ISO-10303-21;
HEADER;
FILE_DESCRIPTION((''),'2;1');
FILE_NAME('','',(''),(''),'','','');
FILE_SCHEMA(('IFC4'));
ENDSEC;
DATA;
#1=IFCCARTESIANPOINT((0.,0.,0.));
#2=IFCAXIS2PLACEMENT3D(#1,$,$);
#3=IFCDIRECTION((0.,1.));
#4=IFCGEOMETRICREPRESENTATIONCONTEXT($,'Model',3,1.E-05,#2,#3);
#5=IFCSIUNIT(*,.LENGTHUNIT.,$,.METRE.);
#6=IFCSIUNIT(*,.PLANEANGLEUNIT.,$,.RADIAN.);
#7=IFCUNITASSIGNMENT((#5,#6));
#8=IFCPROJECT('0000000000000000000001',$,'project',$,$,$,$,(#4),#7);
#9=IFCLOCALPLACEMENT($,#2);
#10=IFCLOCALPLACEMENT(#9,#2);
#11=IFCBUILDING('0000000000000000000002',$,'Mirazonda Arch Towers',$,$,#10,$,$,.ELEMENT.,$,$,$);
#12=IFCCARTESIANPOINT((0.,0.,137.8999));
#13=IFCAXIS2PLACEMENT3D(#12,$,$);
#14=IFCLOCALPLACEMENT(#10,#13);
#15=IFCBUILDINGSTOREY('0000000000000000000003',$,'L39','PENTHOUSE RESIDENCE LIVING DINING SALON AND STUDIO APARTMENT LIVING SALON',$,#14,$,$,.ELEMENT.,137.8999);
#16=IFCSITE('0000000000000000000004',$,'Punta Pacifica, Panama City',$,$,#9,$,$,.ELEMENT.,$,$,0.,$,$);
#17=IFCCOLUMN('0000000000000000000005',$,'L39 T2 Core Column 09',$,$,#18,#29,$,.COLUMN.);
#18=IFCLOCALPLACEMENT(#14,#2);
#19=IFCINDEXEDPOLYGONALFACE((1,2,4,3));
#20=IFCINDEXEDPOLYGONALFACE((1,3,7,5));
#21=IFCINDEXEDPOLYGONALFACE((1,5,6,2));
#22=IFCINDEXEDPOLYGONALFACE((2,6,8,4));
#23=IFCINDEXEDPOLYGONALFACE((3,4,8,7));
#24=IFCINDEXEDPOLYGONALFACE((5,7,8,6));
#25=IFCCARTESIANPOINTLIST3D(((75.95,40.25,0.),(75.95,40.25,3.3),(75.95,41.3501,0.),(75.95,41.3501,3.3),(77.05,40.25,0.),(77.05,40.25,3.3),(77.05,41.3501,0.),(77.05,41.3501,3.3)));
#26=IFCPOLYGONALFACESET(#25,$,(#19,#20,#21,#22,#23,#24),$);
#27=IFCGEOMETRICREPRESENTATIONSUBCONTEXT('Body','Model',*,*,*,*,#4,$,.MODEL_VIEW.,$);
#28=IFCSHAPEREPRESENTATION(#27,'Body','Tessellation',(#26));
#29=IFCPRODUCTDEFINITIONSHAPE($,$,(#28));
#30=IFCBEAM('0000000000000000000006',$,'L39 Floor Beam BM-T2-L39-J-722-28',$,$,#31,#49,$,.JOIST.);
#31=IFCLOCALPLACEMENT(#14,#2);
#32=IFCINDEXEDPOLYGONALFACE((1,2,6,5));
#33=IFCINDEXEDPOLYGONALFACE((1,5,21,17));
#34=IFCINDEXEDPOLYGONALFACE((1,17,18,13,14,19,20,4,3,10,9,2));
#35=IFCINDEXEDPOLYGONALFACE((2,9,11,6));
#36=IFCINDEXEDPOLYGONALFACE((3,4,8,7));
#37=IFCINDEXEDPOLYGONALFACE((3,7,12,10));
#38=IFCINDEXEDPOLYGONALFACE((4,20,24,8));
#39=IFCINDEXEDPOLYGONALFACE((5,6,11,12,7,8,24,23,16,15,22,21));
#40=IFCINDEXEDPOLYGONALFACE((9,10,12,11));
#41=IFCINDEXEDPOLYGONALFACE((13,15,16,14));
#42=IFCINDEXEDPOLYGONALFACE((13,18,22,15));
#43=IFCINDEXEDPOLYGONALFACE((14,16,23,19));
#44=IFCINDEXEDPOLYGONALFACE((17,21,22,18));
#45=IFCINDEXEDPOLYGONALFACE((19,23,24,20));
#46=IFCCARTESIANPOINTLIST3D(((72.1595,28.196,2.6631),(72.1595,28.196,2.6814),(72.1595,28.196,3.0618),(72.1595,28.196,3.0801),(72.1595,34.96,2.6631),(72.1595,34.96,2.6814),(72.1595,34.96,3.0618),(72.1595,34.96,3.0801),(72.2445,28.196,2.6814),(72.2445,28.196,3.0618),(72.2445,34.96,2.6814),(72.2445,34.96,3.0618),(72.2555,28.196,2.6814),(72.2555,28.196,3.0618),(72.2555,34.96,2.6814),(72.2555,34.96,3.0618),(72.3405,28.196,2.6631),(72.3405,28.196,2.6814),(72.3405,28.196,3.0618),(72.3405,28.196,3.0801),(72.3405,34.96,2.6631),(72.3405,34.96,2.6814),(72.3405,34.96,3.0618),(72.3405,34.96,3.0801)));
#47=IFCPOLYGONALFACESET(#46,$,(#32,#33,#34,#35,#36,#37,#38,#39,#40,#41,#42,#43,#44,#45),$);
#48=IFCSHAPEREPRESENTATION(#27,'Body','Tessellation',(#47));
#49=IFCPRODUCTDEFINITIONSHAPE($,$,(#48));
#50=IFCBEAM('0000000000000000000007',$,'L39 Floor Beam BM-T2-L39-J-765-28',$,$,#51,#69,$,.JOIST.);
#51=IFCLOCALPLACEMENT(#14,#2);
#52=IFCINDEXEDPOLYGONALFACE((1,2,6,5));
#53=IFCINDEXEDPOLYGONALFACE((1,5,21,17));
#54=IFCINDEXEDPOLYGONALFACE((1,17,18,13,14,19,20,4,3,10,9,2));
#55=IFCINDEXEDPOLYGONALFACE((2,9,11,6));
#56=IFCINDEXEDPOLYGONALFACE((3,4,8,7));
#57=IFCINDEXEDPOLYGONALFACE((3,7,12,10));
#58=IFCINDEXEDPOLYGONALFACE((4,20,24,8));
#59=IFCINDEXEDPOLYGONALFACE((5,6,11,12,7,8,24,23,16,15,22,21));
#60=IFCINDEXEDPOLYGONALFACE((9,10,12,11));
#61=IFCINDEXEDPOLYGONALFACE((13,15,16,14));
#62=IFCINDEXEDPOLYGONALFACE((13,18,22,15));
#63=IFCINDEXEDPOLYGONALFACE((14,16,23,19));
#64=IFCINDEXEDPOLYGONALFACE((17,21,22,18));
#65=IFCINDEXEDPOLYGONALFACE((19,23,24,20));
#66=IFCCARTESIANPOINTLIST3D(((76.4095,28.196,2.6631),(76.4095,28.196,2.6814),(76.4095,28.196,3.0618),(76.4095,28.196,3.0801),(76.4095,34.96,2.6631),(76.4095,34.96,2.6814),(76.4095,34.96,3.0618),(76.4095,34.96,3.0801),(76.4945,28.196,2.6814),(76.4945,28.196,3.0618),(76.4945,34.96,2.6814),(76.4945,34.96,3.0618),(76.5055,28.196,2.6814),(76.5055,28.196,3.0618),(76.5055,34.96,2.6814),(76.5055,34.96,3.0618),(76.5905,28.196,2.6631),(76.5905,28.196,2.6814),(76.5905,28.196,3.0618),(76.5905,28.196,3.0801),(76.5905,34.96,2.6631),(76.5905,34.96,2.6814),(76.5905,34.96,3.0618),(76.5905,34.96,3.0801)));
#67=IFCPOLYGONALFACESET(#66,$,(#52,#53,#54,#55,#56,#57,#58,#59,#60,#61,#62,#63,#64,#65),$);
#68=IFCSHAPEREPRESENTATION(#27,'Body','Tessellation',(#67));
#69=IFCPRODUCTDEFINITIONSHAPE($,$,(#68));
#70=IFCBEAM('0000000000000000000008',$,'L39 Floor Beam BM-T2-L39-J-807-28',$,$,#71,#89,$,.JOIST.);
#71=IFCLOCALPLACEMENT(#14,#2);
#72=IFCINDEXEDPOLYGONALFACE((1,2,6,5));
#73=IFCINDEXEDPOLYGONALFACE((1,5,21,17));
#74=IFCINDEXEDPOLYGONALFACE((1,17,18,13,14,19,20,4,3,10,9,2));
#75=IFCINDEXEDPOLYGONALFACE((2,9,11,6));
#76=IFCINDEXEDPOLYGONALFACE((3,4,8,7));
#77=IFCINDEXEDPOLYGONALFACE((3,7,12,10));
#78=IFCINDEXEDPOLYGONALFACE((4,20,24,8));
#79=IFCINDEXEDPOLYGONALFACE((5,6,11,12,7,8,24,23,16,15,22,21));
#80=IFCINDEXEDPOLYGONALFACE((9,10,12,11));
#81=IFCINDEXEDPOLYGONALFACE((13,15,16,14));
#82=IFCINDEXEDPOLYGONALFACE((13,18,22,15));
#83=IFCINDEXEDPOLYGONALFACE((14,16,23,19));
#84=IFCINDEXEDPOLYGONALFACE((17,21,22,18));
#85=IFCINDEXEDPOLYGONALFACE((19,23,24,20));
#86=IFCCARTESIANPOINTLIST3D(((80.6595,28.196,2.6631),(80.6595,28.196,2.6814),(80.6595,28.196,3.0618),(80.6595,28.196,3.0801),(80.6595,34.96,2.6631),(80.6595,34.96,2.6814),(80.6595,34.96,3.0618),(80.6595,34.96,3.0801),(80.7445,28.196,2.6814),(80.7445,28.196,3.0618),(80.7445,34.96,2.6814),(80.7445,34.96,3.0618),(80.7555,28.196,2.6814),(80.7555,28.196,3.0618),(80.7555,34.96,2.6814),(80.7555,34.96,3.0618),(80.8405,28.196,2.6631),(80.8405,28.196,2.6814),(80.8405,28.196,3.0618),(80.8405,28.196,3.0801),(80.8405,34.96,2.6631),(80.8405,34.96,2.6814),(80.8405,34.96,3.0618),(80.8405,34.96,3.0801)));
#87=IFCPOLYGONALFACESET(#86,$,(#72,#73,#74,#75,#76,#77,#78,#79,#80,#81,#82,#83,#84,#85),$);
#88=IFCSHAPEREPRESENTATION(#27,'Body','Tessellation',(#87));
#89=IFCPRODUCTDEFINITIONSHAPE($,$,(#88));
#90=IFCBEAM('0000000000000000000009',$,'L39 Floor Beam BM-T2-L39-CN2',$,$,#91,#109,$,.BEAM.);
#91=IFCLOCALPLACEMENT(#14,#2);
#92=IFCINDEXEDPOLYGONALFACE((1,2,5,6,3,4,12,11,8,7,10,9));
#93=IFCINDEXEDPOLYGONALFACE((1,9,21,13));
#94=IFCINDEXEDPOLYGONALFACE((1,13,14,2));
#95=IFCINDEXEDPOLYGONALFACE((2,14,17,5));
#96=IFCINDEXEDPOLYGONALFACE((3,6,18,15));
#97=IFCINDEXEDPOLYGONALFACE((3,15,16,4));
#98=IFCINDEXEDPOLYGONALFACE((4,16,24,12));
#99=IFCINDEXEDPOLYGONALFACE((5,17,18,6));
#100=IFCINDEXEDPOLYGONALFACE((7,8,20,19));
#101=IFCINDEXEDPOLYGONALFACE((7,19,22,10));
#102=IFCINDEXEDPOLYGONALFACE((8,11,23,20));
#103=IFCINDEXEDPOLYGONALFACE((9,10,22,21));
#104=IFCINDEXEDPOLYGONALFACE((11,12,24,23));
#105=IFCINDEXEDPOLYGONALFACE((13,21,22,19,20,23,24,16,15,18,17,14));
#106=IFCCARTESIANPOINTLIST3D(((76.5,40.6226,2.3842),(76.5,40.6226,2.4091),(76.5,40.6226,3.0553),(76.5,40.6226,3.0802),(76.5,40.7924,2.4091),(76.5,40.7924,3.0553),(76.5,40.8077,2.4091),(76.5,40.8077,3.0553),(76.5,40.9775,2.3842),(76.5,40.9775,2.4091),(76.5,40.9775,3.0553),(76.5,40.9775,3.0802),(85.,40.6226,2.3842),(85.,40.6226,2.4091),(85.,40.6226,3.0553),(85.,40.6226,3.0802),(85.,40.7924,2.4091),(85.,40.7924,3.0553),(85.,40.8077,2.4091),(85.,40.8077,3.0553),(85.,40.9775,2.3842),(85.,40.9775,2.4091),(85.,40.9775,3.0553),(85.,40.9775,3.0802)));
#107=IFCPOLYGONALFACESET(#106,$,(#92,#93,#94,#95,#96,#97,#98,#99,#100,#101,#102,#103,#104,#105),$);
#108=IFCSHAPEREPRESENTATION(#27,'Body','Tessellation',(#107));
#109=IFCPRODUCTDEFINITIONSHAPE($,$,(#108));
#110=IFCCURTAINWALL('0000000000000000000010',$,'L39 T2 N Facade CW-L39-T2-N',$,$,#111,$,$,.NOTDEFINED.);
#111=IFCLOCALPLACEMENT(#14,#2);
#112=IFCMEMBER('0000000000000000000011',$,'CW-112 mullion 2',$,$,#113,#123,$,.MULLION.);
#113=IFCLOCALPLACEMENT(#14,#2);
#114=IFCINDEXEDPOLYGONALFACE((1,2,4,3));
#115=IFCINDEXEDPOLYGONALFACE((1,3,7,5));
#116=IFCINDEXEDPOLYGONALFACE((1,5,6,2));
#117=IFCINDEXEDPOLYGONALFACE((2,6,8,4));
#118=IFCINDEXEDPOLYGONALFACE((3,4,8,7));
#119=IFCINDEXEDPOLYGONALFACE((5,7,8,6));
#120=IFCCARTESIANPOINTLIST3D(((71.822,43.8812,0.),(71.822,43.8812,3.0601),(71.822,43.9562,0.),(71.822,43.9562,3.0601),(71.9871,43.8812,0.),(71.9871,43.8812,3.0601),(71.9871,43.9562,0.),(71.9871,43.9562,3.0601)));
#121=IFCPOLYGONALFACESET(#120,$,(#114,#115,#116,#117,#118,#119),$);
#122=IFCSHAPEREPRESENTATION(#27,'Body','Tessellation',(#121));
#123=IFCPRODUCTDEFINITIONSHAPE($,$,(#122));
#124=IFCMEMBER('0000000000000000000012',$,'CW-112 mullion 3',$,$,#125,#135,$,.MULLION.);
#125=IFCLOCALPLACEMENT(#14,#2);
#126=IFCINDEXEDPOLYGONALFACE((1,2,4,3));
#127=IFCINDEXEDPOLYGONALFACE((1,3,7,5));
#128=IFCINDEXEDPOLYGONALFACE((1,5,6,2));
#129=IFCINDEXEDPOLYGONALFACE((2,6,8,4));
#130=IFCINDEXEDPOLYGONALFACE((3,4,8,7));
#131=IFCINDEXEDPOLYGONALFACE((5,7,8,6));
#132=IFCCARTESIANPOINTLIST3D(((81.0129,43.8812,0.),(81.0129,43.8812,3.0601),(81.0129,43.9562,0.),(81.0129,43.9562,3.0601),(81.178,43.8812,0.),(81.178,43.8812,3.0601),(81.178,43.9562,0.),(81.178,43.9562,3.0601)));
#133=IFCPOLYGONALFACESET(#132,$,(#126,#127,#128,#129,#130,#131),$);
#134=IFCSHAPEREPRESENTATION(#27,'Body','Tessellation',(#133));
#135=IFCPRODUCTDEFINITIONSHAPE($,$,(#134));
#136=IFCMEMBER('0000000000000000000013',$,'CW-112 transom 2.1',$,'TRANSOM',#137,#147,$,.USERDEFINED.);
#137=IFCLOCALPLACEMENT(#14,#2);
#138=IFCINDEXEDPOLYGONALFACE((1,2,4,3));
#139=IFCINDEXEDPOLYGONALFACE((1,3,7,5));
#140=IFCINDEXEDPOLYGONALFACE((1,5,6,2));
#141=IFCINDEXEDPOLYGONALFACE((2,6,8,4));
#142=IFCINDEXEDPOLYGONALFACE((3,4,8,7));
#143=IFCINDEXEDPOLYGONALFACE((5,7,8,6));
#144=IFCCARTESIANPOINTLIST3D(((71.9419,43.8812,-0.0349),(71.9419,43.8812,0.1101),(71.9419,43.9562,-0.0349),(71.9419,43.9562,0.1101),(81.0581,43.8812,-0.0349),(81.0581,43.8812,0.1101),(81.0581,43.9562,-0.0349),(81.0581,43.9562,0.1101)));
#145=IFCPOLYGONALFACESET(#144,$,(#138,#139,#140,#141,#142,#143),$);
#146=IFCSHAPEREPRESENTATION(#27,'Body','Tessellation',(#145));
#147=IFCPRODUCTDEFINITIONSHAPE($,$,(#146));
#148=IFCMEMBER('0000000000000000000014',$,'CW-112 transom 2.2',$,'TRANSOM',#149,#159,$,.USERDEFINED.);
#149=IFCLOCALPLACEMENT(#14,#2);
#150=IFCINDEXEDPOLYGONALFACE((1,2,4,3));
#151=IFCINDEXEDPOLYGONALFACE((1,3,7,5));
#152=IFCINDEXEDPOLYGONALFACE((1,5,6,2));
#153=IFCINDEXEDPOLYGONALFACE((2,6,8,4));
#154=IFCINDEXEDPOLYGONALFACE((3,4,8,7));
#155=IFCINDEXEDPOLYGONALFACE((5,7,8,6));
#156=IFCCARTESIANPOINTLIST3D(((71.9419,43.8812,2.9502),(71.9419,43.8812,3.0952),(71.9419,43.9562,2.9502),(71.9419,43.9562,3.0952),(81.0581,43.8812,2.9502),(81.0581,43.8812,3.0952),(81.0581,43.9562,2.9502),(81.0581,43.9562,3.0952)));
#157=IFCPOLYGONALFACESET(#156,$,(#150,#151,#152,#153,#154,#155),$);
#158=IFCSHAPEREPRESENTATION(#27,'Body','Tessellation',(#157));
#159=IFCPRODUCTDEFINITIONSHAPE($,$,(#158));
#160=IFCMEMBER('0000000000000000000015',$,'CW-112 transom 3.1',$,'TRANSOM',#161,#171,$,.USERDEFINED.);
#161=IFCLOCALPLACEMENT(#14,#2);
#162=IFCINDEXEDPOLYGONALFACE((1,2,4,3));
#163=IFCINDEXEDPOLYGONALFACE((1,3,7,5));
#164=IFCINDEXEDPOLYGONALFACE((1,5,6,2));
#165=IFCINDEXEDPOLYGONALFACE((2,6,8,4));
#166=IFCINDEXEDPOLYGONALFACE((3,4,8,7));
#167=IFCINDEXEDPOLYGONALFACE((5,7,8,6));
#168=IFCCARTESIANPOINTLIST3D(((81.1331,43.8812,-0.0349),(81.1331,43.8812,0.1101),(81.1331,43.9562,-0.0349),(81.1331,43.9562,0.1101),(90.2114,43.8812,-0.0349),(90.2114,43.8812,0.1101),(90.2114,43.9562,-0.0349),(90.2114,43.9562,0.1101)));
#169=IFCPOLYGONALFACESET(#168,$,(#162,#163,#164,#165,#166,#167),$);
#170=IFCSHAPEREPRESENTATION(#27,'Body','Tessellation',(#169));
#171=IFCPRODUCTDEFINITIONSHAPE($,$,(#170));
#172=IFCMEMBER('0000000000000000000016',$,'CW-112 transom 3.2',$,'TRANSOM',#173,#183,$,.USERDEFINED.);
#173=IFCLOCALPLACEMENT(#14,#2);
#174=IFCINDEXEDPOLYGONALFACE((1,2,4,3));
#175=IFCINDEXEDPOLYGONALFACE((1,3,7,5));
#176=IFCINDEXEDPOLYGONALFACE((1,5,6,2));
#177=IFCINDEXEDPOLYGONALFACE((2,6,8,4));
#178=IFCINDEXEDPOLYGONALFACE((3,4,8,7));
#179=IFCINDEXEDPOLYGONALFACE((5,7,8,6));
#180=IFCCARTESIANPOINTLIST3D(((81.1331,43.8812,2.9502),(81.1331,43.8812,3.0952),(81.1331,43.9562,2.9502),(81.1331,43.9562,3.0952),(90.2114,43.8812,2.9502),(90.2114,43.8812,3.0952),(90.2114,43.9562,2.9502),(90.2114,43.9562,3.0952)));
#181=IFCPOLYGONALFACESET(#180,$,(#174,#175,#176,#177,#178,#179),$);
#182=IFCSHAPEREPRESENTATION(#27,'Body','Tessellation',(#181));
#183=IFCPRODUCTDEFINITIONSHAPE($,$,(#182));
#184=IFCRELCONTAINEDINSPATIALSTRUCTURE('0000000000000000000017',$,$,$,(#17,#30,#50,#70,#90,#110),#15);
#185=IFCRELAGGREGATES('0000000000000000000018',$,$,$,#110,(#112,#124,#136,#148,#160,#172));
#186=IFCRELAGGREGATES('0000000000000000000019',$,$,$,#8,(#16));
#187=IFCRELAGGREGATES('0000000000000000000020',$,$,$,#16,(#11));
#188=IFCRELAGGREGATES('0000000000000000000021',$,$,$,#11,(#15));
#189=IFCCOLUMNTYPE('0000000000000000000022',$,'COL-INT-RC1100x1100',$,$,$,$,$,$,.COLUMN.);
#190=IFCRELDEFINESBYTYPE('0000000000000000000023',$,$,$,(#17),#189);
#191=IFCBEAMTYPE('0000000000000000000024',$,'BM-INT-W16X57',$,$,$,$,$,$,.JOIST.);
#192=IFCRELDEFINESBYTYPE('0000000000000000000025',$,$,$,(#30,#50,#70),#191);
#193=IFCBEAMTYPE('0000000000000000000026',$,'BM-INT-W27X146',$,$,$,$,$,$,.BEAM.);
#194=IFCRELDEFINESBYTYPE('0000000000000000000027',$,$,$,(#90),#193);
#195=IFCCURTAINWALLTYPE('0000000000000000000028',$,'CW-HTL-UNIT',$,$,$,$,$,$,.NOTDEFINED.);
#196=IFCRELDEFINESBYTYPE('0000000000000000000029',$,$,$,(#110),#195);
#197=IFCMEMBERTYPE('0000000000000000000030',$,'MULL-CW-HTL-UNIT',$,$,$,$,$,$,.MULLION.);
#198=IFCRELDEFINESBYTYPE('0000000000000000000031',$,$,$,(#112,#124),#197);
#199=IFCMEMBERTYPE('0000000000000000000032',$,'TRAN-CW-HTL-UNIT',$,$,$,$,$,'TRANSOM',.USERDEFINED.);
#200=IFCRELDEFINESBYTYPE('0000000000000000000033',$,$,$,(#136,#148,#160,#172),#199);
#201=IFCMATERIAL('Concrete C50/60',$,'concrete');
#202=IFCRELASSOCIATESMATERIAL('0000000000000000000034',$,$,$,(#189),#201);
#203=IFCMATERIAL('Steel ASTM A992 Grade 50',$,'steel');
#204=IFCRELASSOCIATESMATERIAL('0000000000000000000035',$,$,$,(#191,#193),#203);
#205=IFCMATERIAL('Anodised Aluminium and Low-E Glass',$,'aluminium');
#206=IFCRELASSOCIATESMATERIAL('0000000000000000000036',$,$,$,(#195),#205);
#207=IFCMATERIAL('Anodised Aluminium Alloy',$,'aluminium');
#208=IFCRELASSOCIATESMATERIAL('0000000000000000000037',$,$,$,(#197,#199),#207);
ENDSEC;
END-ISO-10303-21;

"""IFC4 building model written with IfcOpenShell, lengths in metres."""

from ifc_helpers import new_model, si_unit, direction, frame, origin, origin_2d, place, context, subcontext, project, spatial, rectangle, i_section, extrude, material, material_profile, profile_set, type_object, element, aggregate, save


model = new_model("IFC4")

# Units and contexts
model_context = context("Model", 3, precision=1e-05, world=origin(), true_north=direction((0.0, 1.0)))
body_context = subcontext(model_context, "Body", "Model", "MODEL_VIEW")
ifc_project = project(units=[si_unit("LENGTHUNIT", "METRE"), si_unit("PLANEANGLEUNIT", "RADIAN")], contexts=[model_context])

# Site, building, storey
site_placement = place(None, origin())
site = spatial("IfcSite", under=ifc_project, at=site_placement, Name="Punta Pacifica, Panama City", CompositionType="ELEMENT", RefElevation=0.0)
building_placement = place(site_placement, origin())
building = spatial("IfcBuilding", under=site, at=building_placement, Name="Mirazonda Arch Towers", CompositionType="ELEMENT")
storey_placement = place(building_placement, frame((0.0, 0.0, 137.8999)))
storey = spatial("IfcBuildingStorey", under=building, at=storey_placement, Name="L39", Description="PENTHOUSE RESIDENCE LIVING DINING SALON AND STUDIO APARTMENT LIVING SALON", CompositionType="ELEMENT", Elevation=137.8999)

# Column
ifc_material_1 = material(Name="Concrete C50/60", Category="concrete")
ifc_material_profile_1 = material_profile(ifc_material_1, rectangle(XDim=1.1001, YDim=1.1001, at=origin_2d()), Name="RC1100x1100")
ifc_profile_set_1 = profile_set([ifc_material_profile_1], Name="Concrete C50/60")
column_type = type_object("IfcColumnType", Name="COL-INT-RC1100x1100", PredefinedType="COLUMN", material=ifc_profile_set_1)
column_placement = place(storey_placement, frame((76.5, 40.8, 0.0), z_axis=(0.0, 0.0, 1.0), x_axis=(1.0, 0.0, 0.0)))
element("IfcColumn", 1, at=column_placement, inside=storey, type_object=column_type, Name="L39 T2 Core Column 09", PredefinedType="COLUMN", context=body_context, shape_type="SweptSolid", body=[
    extrude(rectangle(XDim=1.1001, YDim=1.1001, at=origin_2d()), origin(), (0.0, 0.0, 1.0), 3.3),
])

# Beams
ifc_material_2 = material(Name="Steel ASTM A992 Grade 50", Category="steel")
ifc_material_profile_2 = material_profile(ifc_material_2, i_section(OverallWidth=0.1809, OverallDepth=0.417, WebThickness=0.011, FlangeThickness=0.0183, at=origin_2d()), Name="W16X57")
ifc_profile_set_2 = profile_set([ifc_material_profile_2], Name="Steel ASTM A992 Grade 50")
beam_type_1 = type_object("IfcBeamType", Name="BM-INT-W16X57", PredefinedType="JOIST", material=ifc_profile_set_2)
for number, where, z_axis, x_axis, name in (
    (2, (72.25, 28.196, 2.8716), (0.0, 1.0, 0.0), (-1.0, 0.0, 0.0), "L39 Floor Beam BM-T2-L39-J-722-28"),
    (3, (76.5, 28.196, 2.8716), (0.0, 1.0, 0.0), (-1.0, 0.0, 0.0), "L39 Floor Beam BM-T2-L39-J-765-28"),
    (4, (80.75, 28.196, 2.8716), (0.0, 1.0, 0.0), (-1.0, 0.0, 0.0), "L39 Floor Beam BM-T2-L39-J-807-28"),
):
    element("IfcBeam", number, at=place(storey_placement, frame(where, z_axis=z_axis, x_axis=x_axis)), inside=storey, type_object=beam_type_1, Name=name, PredefinedType="JOIST", context=body_context, shape_type="SweptSolid", body=[
        extrude(i_section(OverallWidth=0.1809, OverallDepth=0.417, WebThickness=0.011, FlangeThickness=0.0183, at=origin_2d()), origin(), (0.0, 0.0, 1.0), 6.7639),
    ])
ifc_material_profile_3 = material_profile(ifc_material_2, i_section(OverallWidth=0.355, OverallDepth=0.696, WebThickness=0.0154, FlangeThickness=0.0249, at=origin_2d()), Name="W27X146")
ifc_profile_set_3 = profile_set([ifc_material_profile_3], Name="Steel ASTM A992 Grade 50")
beam_type_2 = type_object("IfcBeamType", Name="BM-INT-W27X146", PredefinedType="BEAM", material=ifc_profile_set_3)
beam_placement = place(storey_placement, frame((76.5, 40.8, 2.7322), z_axis=(1.0, 0.0, 0.0), x_axis=(0.0, 1.0, 0.0)))
element("IfcBeam", 5, at=beam_placement, inside=storey, type_object=beam_type_2, Name="L39 Floor Beam BM-T2-L39-CN2", PredefinedType="BEAM", context=body_context, shape_type="SweptSolid", body=[
    extrude(i_section(OverallWidth=0.355, OverallDepth=0.696, WebThickness=0.0154, FlangeThickness=0.0249, at=origin_2d()), origin(), (0.0, 0.0, 1.0), 8.5),
])

# Curtain wall, members
ifc_material_3 = material(Name="Anodised Aluminium and Low-E Glass", Category="aluminium")
curtain_wall_type = type_object("IfcCurtainWallType", Name="CW-HTL-UNIT", PredefinedType="NOTDEFINED", material=ifc_material_3)
curtain_wall_placement = place(storey_placement, origin())
curtain_wall = element("IfcCurtainWall", 6, at=curtain_wall_placement, inside=storey, type_object=curtain_wall_type, Name="L39 T2 N Facade CW-L39-T2-N", PredefinedType="NOTDEFINED")
ifc_material_4 = material(Name="Anodised Aluminium Alloy", Category="aluminium")
ifc_material_profile_4 = material_profile(ifc_material_4, rectangle(XDim=0.075, YDim=0.165, at=origin_2d()), Name="ALU-MULL-75x165")
ifc_profile_set_4 = profile_set([ifc_material_profile_4], Name="Anodised Aluminium Alloy")
member_type_1 = type_object("IfcMemberType", Name="MULL-CW-HTL-UNIT", PredefinedType="MULLION", material=ifc_profile_set_4)
member_1_placement = place(storey_placement, frame((71.9045, 43.9187, 0.0), z_axis=(0.0, 0.0, 1.0), x_axis=(0.0, 1.0, 0.0)))
member_1 = element("IfcMember", 7, at=member_1_placement, type_object=member_type_1, Name="CW-112 mullion 2", PredefinedType="MULLION", context=body_context, shape_type="SweptSolid", body=[
    extrude(rectangle(XDim=0.075, YDim=0.165, at=origin_2d()), origin(), (0.0, 0.0, 1.0), 3.0601),
])
member_2_placement = place(storey_placement, frame((81.0955, 43.9187, 0.0), z_axis=(0.0, 0.0, 1.0), x_axis=(0.0, 1.0, 0.0)))
member_2 = element("IfcMember", 8, at=member_2_placement, type_object=member_type_1, Name="CW-112 mullion 3", PredefinedType="MULLION", context=body_context, shape_type="SweptSolid", body=[
    extrude(rectangle(XDim=0.075, YDim=0.165, at=origin_2d()), origin(), (0.0, 0.0, 1.0), 3.0601),
])
ifc_material_profile_5 = material_profile(ifc_material_4, rectangle(XDim=0.075, YDim=0.145, at=origin_2d()), Name="ALU-TRAN-75x145")
ifc_profile_set_5 = profile_set([ifc_material_profile_5], Name="Anodised Aluminium Alloy")
member_type_2 = type_object("IfcMemberType", Name="TRAN-CW-HTL-UNIT", ElementType="TRANSOM", PredefinedType="USERDEFINED", material=ifc_profile_set_5)
member_3_placement = place(storey_placement, frame((71.9419, 43.9187, 0.0376), z_axis=(1.0, 0.0, 0.0), x_axis=(0.0, 1.0, 0.0)))
member_3 = element("IfcMember", 9, at=member_3_placement, type_object=member_type_2, Name="CW-112 transom 2.1", ObjectType="TRANSOM", PredefinedType="USERDEFINED", context=body_context, shape_type="SweptSolid", body=[
    extrude(rectangle(XDim=0.075, YDim=0.145, at=origin_2d()), origin(), (0.0, 0.0, 1.0), 9.1162),
])
member_4_placement = place(storey_placement, frame((71.9419, 43.9187, 3.0227), z_axis=(1.0, 0.0, 0.0), x_axis=(0.0, 1.0, 0.0)))
member_4 = element("IfcMember", 10, at=member_4_placement, type_object=member_type_2, Name="CW-112 transom 2.2", ObjectType="TRANSOM", PredefinedType="USERDEFINED", context=body_context, shape_type="SweptSolid", body=[
    extrude(rectangle(XDim=0.075, YDim=0.145, at=origin_2d()), origin(), (0.0, 0.0, 1.0), 9.1162),
])
member_5_placement = place(storey_placement, frame((81.1331, 43.9187, 0.0376), z_axis=(1.0, 0.0, 0.0), x_axis=(0.0, 1.0, 0.0)))
member_5 = element("IfcMember", 11, at=member_5_placement, type_object=member_type_2, Name="CW-112 transom 3.1", ObjectType="TRANSOM", PredefinedType="USERDEFINED", context=body_context, shape_type="SweptSolid", body=[
    extrude(rectangle(XDim=0.075, YDim=0.145, at=origin_2d()), origin(), (0.0, 0.0, 1.0), 9.0784),
])
member_6_placement = place(storey_placement, frame((81.1331, 43.9187, 3.0227), z_axis=(1.0, 0.0, 0.0), x_axis=(0.0, 1.0, 0.0)))
member_6 = element("IfcMember", 12, at=member_6_placement, type_object=member_type_2, Name="CW-112 transom 3.2", ObjectType="TRANSOM", PredefinedType="USERDEFINED", context=body_context, shape_type="SweptSolid", body=[
    extrude(rectangle(XDim=0.075, YDim=0.145, at=origin_2d()), origin(), (0.0, 0.0, 1.0), 9.0784),
])
aggregate(curtain_wall, [member_1, member_2, member_3, member_4, member_5, member_6])

save(model, "model.ifc")
